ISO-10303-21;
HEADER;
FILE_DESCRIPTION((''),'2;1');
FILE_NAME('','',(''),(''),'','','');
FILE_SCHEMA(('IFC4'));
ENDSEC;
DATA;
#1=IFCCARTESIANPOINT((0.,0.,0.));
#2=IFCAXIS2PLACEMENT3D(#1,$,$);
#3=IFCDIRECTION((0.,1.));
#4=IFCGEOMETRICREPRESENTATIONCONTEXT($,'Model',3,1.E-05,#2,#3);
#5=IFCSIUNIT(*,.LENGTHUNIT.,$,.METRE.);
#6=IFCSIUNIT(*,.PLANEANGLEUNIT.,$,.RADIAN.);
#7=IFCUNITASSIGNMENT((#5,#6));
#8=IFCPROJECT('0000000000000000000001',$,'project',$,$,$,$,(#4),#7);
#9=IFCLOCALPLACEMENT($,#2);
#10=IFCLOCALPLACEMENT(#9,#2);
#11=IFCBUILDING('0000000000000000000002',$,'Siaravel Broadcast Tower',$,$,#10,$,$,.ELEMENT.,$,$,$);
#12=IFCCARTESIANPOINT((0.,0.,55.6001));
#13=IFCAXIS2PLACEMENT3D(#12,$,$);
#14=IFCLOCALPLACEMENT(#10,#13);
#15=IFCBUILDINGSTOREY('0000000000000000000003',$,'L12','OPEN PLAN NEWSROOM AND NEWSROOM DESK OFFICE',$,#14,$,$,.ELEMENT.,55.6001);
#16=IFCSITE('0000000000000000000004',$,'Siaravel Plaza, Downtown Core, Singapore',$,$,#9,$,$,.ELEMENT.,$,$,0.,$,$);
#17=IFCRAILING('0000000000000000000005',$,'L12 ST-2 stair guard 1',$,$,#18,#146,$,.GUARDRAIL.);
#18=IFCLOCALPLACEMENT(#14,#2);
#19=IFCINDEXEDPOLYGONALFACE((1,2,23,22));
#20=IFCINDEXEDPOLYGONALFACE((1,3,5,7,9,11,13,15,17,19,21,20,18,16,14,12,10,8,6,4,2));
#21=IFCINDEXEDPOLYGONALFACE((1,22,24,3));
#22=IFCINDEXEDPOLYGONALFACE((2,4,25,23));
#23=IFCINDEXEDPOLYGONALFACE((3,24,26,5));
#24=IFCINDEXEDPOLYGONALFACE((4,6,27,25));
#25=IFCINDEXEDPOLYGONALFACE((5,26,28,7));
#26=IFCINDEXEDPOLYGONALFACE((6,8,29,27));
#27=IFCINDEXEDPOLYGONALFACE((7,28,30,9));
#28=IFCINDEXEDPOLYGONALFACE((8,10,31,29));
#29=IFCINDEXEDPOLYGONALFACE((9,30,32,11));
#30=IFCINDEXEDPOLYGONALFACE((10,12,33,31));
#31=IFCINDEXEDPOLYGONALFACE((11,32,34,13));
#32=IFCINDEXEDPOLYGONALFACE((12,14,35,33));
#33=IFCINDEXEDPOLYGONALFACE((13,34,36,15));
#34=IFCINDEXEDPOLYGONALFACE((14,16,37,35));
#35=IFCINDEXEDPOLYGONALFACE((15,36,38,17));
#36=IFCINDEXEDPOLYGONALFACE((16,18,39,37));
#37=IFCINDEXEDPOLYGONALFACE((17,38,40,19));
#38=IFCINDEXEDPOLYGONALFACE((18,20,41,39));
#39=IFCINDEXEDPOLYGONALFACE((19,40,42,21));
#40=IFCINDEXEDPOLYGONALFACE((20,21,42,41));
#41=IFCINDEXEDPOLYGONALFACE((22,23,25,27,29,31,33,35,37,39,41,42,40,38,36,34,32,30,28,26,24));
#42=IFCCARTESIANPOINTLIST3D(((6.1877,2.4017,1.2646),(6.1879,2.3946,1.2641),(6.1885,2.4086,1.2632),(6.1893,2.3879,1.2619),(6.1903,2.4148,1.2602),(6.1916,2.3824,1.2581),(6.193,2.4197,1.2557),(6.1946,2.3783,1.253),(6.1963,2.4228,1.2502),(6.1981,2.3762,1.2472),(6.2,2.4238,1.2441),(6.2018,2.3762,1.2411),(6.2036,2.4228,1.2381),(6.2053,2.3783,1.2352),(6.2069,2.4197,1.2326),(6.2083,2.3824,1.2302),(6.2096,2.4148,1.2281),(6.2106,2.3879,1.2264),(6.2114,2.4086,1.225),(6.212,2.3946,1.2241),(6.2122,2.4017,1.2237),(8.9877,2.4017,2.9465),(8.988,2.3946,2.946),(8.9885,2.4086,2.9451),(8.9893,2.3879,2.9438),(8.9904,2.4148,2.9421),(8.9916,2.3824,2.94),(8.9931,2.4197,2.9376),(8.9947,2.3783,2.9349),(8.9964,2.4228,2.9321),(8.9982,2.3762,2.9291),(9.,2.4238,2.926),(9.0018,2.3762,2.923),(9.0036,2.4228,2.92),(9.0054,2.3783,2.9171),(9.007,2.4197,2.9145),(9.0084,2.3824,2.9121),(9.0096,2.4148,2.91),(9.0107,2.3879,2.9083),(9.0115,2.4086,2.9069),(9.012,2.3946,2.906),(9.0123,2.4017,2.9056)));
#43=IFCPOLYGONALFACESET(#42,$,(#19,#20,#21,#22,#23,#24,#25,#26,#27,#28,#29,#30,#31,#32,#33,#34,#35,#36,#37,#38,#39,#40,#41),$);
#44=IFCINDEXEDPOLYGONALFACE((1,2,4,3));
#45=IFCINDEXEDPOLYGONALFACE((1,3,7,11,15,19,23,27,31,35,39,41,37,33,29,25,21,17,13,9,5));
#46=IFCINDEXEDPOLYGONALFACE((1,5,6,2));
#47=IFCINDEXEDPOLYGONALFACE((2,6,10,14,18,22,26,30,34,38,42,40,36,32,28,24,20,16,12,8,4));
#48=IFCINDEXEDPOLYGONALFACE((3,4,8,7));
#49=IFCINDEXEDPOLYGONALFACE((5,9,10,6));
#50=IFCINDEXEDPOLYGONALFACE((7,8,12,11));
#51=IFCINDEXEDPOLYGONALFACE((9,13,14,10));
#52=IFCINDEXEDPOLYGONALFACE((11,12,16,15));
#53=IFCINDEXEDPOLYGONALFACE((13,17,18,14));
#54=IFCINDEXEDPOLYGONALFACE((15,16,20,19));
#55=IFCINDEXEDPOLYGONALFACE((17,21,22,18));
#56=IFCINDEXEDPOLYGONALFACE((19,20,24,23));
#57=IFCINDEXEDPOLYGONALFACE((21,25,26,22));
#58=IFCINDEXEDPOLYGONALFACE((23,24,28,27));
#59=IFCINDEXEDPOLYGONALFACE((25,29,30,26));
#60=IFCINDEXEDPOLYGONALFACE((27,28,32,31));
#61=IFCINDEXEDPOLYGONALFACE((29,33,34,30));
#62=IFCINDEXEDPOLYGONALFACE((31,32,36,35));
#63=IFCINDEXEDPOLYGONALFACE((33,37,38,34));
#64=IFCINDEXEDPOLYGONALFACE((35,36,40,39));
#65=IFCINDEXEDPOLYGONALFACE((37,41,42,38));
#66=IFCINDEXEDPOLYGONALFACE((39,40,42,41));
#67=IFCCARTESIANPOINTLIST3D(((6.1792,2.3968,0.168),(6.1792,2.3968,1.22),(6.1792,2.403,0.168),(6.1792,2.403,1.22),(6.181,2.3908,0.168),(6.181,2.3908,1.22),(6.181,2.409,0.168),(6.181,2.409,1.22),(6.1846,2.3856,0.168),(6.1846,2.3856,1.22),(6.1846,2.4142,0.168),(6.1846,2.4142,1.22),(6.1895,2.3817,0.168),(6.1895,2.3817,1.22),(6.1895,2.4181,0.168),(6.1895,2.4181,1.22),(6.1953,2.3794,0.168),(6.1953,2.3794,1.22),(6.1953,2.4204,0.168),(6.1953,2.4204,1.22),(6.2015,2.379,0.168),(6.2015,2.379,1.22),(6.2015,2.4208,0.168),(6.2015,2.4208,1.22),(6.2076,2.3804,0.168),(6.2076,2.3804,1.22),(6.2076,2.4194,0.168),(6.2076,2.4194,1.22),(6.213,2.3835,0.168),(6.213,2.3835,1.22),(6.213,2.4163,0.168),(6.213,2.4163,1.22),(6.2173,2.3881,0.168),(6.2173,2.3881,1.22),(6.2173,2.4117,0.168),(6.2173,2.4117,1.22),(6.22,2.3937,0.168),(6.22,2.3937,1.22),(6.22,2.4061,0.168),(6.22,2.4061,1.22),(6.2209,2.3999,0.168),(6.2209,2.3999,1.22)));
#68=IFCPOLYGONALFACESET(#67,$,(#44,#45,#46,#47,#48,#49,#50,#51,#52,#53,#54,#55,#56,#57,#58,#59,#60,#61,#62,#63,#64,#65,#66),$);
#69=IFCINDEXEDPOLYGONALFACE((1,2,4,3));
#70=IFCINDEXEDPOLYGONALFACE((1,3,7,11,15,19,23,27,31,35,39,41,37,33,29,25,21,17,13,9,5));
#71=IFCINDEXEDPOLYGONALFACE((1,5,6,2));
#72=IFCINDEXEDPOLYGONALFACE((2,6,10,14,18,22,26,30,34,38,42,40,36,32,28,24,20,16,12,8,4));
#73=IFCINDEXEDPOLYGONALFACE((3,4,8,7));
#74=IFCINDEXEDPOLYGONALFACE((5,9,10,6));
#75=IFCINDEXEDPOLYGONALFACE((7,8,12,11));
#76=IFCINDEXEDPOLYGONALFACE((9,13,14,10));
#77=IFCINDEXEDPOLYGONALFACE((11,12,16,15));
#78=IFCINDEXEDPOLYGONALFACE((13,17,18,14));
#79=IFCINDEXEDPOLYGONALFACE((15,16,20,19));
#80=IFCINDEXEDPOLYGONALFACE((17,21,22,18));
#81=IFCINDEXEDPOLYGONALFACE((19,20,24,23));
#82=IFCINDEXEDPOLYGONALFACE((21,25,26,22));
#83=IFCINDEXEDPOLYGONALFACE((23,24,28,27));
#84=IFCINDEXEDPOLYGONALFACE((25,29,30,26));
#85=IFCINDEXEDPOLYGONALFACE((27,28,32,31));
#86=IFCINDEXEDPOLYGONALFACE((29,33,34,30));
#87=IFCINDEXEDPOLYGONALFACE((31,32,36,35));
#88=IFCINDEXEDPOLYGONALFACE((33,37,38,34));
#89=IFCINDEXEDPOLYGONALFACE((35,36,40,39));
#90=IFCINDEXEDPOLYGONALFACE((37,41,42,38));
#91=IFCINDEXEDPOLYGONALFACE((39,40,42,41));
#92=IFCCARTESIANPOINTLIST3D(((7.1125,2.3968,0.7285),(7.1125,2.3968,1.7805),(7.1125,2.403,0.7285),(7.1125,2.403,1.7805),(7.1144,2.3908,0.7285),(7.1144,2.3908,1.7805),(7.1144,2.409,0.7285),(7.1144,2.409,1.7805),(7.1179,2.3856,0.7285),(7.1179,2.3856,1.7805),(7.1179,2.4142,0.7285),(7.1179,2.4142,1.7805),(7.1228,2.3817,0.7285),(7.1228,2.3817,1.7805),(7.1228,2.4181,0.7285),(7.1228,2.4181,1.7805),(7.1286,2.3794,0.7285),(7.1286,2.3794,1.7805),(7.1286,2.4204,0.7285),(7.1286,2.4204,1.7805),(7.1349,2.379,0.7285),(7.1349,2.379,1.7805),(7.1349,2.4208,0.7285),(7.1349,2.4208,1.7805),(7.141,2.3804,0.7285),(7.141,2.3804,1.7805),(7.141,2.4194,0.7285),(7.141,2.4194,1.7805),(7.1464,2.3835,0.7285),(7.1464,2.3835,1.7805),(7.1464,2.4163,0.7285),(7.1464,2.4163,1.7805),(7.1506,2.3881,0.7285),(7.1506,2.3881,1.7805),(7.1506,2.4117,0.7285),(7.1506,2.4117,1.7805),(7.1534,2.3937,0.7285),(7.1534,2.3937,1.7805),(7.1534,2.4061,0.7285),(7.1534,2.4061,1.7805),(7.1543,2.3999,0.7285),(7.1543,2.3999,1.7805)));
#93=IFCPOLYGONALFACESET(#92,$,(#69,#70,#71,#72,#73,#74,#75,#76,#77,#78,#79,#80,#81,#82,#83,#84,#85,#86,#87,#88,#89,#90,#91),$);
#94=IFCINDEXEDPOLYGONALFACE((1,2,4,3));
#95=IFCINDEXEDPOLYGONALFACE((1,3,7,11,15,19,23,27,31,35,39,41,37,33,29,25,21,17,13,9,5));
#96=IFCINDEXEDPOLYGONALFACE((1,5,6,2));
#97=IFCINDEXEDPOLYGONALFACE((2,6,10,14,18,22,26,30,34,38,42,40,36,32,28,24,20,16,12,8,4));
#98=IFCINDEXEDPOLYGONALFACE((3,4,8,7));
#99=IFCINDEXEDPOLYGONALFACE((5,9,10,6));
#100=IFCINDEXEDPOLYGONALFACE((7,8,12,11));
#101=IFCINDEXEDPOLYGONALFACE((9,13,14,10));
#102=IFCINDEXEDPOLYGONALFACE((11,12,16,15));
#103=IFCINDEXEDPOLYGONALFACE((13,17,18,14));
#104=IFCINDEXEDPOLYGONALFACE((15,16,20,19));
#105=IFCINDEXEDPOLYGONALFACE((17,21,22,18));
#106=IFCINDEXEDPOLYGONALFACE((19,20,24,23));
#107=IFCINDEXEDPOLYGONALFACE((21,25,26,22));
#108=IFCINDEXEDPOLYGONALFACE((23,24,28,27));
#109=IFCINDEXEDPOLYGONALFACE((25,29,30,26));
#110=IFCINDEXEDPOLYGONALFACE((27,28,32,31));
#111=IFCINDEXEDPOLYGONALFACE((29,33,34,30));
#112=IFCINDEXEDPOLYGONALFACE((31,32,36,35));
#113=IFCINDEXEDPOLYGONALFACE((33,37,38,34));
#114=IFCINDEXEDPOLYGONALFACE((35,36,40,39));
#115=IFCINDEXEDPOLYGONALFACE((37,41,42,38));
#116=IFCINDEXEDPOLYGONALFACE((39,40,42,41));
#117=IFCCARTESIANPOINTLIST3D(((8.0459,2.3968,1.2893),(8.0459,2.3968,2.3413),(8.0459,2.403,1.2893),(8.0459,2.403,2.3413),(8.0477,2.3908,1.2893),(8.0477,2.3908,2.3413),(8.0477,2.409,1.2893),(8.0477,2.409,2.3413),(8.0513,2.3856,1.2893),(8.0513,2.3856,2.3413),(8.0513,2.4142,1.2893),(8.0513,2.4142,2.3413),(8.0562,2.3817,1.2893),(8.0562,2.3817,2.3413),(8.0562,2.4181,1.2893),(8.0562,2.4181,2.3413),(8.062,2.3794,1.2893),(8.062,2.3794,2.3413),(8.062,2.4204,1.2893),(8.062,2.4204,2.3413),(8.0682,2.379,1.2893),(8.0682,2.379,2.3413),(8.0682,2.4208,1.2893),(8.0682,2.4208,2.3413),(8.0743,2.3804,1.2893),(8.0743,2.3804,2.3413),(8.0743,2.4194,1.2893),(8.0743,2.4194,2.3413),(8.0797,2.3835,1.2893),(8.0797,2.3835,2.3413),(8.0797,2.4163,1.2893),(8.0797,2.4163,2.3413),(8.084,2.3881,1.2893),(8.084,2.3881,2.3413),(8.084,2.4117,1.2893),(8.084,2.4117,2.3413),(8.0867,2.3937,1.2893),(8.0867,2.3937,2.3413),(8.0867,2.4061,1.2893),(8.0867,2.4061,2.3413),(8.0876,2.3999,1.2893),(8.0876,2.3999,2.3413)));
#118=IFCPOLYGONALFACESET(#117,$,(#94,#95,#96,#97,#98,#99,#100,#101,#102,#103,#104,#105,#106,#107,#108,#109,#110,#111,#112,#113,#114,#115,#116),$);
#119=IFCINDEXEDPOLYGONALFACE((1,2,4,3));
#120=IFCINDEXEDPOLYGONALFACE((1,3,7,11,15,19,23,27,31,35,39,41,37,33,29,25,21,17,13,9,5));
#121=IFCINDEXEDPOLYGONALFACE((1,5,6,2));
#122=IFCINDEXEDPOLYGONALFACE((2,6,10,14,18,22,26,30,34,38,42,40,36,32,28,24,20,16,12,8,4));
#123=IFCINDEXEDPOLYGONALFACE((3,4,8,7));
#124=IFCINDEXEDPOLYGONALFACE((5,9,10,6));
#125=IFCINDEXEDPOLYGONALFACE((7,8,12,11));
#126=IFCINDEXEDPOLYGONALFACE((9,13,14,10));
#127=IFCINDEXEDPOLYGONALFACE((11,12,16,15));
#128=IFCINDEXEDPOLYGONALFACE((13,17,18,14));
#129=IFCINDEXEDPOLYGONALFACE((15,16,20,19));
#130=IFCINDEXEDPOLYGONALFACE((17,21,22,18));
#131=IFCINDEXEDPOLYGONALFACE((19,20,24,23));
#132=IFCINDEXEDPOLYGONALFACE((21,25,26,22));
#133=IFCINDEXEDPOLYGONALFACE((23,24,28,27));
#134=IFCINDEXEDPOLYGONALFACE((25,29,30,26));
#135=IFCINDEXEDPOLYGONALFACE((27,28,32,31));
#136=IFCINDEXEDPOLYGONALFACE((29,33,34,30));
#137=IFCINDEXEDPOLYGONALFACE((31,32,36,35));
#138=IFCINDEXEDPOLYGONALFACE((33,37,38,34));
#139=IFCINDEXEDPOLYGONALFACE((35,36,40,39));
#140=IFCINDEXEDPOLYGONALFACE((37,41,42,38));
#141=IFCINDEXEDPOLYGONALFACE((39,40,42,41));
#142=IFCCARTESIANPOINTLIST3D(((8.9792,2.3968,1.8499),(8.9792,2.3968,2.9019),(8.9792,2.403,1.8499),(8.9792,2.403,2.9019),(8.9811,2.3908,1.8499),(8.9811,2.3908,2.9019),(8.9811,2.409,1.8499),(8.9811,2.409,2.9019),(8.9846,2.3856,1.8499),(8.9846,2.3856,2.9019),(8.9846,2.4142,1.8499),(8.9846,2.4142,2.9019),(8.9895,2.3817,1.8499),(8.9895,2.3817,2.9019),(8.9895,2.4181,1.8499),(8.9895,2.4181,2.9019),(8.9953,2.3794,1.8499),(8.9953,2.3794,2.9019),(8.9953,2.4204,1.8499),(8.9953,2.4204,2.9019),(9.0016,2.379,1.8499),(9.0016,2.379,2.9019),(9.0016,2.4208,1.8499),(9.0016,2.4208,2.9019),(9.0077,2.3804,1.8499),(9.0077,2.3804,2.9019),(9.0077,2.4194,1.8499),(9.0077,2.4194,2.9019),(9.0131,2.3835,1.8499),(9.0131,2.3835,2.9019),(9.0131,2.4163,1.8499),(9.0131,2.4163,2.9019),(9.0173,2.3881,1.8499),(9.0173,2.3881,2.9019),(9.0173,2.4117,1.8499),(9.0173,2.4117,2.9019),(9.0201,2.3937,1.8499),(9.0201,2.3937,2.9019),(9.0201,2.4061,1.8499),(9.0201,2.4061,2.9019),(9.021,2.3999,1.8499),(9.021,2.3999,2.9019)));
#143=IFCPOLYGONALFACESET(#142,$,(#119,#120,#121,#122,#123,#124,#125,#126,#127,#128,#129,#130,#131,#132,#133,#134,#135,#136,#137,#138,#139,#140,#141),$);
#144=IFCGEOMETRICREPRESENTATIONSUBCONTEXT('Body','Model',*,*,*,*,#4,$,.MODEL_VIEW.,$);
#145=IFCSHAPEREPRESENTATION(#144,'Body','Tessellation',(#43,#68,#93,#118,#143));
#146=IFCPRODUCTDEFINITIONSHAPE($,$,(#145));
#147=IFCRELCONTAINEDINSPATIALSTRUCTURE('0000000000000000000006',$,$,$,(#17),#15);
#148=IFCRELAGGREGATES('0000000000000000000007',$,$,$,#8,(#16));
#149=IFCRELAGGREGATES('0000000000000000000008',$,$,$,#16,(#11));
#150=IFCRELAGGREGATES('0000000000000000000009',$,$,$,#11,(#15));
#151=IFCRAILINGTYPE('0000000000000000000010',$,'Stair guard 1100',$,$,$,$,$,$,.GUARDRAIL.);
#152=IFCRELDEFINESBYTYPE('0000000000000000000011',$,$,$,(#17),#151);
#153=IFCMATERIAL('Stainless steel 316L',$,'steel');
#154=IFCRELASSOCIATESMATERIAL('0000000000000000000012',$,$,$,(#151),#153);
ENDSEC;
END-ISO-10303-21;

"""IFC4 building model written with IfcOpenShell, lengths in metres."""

from ifc_helpers import new_model, si_unit, direction, frame, origin, origin_2d, place, context, subcontext, project, spatial, circle, extrude, material, type_object, element, save


model = new_model("IFC4")

# Units and contexts
model_context = context("Model", 3, precision=1e-05, world=origin(), true_north=direction((0.0, 1.0)))
body_context = subcontext(model_context, "Body", "Model", "MODEL_VIEW")
ifc_project = project(units=[si_unit("LENGTHUNIT", "METRE"), si_unit("PLANEANGLEUNIT", "RADIAN")], contexts=[model_context])

# Site, building, storey
site_placement = place(None, origin())
site = spatial("IfcSite", under=ifc_project, at=site_placement, Name="Siaravel Plaza, Downtown Core, Singapore", CompositionType="ELEMENT", RefElevation=0.0)
building_placement = place(site_placement, origin())
building = spatial("IfcBuilding", under=site, at=building_placement, Name="Siaravel Broadcast Tower", CompositionType="ELEMENT")
storey_placement = place(building_placement, frame((0.0, 0.0, 55.6001)))
storey = spatial("IfcBuildingStorey", under=building, at=storey_placement, Name="L12", Description="OPEN PLAN NEWSROOM AND NEWSROOM DESK OFFICE", CompositionType="ELEMENT", Elevation=55.6001)

# Railing
ifc_material_1 = material(Name="Stainless steel 316L", Category="steel")
railing_type_1 = type_object("IfcRailingType", Name="Stair guard 1100", PredefinedType="GUARDRAIL", material=ifc_material_1)
railing_1_placement = place(storey_placement, frame((6.2, 2.3999, 0.168)))
element("IfcRailing", 1, at=railing_1_placement, inside=storey, type_object=railing_type_1, Name="L12 ST-2 stair guard 1", PredefinedType="GUARDRAIL", context=body_context, shape_type="SweptSolid", body=[
    extrude(circle(Radius=0.0239, at=origin_2d()), frame((0.0, 0.0, 1.0762), z_axis=(0.857242, 0.0, 0.514913), x_axis=(0.0, 1.0, 0.0)), (0.0, 0.0, 1.0), 3.2664),
    extrude(circle(Radius=0.021, at=origin_2d()), origin(), (0.0, 0.0, 1.0), 1.052),
    extrude(circle(Radius=0.021, at=origin_2d()), frame((0.9333, 0.0, 0.5605)), (0.0, 0.0, 1.0), 1.052),
    extrude(circle(Radius=0.021, at=origin_2d()), frame((1.8667, 0.0, 1.1213)), (0.0, 0.0, 1.0), 1.052),
    extrude(circle(Radius=0.021, at=origin_2d()), frame((2.8, 0.0, 1.6819)), (0.0, 0.0, 1.0), 1.052),
])

save(model, "model.ifc")
